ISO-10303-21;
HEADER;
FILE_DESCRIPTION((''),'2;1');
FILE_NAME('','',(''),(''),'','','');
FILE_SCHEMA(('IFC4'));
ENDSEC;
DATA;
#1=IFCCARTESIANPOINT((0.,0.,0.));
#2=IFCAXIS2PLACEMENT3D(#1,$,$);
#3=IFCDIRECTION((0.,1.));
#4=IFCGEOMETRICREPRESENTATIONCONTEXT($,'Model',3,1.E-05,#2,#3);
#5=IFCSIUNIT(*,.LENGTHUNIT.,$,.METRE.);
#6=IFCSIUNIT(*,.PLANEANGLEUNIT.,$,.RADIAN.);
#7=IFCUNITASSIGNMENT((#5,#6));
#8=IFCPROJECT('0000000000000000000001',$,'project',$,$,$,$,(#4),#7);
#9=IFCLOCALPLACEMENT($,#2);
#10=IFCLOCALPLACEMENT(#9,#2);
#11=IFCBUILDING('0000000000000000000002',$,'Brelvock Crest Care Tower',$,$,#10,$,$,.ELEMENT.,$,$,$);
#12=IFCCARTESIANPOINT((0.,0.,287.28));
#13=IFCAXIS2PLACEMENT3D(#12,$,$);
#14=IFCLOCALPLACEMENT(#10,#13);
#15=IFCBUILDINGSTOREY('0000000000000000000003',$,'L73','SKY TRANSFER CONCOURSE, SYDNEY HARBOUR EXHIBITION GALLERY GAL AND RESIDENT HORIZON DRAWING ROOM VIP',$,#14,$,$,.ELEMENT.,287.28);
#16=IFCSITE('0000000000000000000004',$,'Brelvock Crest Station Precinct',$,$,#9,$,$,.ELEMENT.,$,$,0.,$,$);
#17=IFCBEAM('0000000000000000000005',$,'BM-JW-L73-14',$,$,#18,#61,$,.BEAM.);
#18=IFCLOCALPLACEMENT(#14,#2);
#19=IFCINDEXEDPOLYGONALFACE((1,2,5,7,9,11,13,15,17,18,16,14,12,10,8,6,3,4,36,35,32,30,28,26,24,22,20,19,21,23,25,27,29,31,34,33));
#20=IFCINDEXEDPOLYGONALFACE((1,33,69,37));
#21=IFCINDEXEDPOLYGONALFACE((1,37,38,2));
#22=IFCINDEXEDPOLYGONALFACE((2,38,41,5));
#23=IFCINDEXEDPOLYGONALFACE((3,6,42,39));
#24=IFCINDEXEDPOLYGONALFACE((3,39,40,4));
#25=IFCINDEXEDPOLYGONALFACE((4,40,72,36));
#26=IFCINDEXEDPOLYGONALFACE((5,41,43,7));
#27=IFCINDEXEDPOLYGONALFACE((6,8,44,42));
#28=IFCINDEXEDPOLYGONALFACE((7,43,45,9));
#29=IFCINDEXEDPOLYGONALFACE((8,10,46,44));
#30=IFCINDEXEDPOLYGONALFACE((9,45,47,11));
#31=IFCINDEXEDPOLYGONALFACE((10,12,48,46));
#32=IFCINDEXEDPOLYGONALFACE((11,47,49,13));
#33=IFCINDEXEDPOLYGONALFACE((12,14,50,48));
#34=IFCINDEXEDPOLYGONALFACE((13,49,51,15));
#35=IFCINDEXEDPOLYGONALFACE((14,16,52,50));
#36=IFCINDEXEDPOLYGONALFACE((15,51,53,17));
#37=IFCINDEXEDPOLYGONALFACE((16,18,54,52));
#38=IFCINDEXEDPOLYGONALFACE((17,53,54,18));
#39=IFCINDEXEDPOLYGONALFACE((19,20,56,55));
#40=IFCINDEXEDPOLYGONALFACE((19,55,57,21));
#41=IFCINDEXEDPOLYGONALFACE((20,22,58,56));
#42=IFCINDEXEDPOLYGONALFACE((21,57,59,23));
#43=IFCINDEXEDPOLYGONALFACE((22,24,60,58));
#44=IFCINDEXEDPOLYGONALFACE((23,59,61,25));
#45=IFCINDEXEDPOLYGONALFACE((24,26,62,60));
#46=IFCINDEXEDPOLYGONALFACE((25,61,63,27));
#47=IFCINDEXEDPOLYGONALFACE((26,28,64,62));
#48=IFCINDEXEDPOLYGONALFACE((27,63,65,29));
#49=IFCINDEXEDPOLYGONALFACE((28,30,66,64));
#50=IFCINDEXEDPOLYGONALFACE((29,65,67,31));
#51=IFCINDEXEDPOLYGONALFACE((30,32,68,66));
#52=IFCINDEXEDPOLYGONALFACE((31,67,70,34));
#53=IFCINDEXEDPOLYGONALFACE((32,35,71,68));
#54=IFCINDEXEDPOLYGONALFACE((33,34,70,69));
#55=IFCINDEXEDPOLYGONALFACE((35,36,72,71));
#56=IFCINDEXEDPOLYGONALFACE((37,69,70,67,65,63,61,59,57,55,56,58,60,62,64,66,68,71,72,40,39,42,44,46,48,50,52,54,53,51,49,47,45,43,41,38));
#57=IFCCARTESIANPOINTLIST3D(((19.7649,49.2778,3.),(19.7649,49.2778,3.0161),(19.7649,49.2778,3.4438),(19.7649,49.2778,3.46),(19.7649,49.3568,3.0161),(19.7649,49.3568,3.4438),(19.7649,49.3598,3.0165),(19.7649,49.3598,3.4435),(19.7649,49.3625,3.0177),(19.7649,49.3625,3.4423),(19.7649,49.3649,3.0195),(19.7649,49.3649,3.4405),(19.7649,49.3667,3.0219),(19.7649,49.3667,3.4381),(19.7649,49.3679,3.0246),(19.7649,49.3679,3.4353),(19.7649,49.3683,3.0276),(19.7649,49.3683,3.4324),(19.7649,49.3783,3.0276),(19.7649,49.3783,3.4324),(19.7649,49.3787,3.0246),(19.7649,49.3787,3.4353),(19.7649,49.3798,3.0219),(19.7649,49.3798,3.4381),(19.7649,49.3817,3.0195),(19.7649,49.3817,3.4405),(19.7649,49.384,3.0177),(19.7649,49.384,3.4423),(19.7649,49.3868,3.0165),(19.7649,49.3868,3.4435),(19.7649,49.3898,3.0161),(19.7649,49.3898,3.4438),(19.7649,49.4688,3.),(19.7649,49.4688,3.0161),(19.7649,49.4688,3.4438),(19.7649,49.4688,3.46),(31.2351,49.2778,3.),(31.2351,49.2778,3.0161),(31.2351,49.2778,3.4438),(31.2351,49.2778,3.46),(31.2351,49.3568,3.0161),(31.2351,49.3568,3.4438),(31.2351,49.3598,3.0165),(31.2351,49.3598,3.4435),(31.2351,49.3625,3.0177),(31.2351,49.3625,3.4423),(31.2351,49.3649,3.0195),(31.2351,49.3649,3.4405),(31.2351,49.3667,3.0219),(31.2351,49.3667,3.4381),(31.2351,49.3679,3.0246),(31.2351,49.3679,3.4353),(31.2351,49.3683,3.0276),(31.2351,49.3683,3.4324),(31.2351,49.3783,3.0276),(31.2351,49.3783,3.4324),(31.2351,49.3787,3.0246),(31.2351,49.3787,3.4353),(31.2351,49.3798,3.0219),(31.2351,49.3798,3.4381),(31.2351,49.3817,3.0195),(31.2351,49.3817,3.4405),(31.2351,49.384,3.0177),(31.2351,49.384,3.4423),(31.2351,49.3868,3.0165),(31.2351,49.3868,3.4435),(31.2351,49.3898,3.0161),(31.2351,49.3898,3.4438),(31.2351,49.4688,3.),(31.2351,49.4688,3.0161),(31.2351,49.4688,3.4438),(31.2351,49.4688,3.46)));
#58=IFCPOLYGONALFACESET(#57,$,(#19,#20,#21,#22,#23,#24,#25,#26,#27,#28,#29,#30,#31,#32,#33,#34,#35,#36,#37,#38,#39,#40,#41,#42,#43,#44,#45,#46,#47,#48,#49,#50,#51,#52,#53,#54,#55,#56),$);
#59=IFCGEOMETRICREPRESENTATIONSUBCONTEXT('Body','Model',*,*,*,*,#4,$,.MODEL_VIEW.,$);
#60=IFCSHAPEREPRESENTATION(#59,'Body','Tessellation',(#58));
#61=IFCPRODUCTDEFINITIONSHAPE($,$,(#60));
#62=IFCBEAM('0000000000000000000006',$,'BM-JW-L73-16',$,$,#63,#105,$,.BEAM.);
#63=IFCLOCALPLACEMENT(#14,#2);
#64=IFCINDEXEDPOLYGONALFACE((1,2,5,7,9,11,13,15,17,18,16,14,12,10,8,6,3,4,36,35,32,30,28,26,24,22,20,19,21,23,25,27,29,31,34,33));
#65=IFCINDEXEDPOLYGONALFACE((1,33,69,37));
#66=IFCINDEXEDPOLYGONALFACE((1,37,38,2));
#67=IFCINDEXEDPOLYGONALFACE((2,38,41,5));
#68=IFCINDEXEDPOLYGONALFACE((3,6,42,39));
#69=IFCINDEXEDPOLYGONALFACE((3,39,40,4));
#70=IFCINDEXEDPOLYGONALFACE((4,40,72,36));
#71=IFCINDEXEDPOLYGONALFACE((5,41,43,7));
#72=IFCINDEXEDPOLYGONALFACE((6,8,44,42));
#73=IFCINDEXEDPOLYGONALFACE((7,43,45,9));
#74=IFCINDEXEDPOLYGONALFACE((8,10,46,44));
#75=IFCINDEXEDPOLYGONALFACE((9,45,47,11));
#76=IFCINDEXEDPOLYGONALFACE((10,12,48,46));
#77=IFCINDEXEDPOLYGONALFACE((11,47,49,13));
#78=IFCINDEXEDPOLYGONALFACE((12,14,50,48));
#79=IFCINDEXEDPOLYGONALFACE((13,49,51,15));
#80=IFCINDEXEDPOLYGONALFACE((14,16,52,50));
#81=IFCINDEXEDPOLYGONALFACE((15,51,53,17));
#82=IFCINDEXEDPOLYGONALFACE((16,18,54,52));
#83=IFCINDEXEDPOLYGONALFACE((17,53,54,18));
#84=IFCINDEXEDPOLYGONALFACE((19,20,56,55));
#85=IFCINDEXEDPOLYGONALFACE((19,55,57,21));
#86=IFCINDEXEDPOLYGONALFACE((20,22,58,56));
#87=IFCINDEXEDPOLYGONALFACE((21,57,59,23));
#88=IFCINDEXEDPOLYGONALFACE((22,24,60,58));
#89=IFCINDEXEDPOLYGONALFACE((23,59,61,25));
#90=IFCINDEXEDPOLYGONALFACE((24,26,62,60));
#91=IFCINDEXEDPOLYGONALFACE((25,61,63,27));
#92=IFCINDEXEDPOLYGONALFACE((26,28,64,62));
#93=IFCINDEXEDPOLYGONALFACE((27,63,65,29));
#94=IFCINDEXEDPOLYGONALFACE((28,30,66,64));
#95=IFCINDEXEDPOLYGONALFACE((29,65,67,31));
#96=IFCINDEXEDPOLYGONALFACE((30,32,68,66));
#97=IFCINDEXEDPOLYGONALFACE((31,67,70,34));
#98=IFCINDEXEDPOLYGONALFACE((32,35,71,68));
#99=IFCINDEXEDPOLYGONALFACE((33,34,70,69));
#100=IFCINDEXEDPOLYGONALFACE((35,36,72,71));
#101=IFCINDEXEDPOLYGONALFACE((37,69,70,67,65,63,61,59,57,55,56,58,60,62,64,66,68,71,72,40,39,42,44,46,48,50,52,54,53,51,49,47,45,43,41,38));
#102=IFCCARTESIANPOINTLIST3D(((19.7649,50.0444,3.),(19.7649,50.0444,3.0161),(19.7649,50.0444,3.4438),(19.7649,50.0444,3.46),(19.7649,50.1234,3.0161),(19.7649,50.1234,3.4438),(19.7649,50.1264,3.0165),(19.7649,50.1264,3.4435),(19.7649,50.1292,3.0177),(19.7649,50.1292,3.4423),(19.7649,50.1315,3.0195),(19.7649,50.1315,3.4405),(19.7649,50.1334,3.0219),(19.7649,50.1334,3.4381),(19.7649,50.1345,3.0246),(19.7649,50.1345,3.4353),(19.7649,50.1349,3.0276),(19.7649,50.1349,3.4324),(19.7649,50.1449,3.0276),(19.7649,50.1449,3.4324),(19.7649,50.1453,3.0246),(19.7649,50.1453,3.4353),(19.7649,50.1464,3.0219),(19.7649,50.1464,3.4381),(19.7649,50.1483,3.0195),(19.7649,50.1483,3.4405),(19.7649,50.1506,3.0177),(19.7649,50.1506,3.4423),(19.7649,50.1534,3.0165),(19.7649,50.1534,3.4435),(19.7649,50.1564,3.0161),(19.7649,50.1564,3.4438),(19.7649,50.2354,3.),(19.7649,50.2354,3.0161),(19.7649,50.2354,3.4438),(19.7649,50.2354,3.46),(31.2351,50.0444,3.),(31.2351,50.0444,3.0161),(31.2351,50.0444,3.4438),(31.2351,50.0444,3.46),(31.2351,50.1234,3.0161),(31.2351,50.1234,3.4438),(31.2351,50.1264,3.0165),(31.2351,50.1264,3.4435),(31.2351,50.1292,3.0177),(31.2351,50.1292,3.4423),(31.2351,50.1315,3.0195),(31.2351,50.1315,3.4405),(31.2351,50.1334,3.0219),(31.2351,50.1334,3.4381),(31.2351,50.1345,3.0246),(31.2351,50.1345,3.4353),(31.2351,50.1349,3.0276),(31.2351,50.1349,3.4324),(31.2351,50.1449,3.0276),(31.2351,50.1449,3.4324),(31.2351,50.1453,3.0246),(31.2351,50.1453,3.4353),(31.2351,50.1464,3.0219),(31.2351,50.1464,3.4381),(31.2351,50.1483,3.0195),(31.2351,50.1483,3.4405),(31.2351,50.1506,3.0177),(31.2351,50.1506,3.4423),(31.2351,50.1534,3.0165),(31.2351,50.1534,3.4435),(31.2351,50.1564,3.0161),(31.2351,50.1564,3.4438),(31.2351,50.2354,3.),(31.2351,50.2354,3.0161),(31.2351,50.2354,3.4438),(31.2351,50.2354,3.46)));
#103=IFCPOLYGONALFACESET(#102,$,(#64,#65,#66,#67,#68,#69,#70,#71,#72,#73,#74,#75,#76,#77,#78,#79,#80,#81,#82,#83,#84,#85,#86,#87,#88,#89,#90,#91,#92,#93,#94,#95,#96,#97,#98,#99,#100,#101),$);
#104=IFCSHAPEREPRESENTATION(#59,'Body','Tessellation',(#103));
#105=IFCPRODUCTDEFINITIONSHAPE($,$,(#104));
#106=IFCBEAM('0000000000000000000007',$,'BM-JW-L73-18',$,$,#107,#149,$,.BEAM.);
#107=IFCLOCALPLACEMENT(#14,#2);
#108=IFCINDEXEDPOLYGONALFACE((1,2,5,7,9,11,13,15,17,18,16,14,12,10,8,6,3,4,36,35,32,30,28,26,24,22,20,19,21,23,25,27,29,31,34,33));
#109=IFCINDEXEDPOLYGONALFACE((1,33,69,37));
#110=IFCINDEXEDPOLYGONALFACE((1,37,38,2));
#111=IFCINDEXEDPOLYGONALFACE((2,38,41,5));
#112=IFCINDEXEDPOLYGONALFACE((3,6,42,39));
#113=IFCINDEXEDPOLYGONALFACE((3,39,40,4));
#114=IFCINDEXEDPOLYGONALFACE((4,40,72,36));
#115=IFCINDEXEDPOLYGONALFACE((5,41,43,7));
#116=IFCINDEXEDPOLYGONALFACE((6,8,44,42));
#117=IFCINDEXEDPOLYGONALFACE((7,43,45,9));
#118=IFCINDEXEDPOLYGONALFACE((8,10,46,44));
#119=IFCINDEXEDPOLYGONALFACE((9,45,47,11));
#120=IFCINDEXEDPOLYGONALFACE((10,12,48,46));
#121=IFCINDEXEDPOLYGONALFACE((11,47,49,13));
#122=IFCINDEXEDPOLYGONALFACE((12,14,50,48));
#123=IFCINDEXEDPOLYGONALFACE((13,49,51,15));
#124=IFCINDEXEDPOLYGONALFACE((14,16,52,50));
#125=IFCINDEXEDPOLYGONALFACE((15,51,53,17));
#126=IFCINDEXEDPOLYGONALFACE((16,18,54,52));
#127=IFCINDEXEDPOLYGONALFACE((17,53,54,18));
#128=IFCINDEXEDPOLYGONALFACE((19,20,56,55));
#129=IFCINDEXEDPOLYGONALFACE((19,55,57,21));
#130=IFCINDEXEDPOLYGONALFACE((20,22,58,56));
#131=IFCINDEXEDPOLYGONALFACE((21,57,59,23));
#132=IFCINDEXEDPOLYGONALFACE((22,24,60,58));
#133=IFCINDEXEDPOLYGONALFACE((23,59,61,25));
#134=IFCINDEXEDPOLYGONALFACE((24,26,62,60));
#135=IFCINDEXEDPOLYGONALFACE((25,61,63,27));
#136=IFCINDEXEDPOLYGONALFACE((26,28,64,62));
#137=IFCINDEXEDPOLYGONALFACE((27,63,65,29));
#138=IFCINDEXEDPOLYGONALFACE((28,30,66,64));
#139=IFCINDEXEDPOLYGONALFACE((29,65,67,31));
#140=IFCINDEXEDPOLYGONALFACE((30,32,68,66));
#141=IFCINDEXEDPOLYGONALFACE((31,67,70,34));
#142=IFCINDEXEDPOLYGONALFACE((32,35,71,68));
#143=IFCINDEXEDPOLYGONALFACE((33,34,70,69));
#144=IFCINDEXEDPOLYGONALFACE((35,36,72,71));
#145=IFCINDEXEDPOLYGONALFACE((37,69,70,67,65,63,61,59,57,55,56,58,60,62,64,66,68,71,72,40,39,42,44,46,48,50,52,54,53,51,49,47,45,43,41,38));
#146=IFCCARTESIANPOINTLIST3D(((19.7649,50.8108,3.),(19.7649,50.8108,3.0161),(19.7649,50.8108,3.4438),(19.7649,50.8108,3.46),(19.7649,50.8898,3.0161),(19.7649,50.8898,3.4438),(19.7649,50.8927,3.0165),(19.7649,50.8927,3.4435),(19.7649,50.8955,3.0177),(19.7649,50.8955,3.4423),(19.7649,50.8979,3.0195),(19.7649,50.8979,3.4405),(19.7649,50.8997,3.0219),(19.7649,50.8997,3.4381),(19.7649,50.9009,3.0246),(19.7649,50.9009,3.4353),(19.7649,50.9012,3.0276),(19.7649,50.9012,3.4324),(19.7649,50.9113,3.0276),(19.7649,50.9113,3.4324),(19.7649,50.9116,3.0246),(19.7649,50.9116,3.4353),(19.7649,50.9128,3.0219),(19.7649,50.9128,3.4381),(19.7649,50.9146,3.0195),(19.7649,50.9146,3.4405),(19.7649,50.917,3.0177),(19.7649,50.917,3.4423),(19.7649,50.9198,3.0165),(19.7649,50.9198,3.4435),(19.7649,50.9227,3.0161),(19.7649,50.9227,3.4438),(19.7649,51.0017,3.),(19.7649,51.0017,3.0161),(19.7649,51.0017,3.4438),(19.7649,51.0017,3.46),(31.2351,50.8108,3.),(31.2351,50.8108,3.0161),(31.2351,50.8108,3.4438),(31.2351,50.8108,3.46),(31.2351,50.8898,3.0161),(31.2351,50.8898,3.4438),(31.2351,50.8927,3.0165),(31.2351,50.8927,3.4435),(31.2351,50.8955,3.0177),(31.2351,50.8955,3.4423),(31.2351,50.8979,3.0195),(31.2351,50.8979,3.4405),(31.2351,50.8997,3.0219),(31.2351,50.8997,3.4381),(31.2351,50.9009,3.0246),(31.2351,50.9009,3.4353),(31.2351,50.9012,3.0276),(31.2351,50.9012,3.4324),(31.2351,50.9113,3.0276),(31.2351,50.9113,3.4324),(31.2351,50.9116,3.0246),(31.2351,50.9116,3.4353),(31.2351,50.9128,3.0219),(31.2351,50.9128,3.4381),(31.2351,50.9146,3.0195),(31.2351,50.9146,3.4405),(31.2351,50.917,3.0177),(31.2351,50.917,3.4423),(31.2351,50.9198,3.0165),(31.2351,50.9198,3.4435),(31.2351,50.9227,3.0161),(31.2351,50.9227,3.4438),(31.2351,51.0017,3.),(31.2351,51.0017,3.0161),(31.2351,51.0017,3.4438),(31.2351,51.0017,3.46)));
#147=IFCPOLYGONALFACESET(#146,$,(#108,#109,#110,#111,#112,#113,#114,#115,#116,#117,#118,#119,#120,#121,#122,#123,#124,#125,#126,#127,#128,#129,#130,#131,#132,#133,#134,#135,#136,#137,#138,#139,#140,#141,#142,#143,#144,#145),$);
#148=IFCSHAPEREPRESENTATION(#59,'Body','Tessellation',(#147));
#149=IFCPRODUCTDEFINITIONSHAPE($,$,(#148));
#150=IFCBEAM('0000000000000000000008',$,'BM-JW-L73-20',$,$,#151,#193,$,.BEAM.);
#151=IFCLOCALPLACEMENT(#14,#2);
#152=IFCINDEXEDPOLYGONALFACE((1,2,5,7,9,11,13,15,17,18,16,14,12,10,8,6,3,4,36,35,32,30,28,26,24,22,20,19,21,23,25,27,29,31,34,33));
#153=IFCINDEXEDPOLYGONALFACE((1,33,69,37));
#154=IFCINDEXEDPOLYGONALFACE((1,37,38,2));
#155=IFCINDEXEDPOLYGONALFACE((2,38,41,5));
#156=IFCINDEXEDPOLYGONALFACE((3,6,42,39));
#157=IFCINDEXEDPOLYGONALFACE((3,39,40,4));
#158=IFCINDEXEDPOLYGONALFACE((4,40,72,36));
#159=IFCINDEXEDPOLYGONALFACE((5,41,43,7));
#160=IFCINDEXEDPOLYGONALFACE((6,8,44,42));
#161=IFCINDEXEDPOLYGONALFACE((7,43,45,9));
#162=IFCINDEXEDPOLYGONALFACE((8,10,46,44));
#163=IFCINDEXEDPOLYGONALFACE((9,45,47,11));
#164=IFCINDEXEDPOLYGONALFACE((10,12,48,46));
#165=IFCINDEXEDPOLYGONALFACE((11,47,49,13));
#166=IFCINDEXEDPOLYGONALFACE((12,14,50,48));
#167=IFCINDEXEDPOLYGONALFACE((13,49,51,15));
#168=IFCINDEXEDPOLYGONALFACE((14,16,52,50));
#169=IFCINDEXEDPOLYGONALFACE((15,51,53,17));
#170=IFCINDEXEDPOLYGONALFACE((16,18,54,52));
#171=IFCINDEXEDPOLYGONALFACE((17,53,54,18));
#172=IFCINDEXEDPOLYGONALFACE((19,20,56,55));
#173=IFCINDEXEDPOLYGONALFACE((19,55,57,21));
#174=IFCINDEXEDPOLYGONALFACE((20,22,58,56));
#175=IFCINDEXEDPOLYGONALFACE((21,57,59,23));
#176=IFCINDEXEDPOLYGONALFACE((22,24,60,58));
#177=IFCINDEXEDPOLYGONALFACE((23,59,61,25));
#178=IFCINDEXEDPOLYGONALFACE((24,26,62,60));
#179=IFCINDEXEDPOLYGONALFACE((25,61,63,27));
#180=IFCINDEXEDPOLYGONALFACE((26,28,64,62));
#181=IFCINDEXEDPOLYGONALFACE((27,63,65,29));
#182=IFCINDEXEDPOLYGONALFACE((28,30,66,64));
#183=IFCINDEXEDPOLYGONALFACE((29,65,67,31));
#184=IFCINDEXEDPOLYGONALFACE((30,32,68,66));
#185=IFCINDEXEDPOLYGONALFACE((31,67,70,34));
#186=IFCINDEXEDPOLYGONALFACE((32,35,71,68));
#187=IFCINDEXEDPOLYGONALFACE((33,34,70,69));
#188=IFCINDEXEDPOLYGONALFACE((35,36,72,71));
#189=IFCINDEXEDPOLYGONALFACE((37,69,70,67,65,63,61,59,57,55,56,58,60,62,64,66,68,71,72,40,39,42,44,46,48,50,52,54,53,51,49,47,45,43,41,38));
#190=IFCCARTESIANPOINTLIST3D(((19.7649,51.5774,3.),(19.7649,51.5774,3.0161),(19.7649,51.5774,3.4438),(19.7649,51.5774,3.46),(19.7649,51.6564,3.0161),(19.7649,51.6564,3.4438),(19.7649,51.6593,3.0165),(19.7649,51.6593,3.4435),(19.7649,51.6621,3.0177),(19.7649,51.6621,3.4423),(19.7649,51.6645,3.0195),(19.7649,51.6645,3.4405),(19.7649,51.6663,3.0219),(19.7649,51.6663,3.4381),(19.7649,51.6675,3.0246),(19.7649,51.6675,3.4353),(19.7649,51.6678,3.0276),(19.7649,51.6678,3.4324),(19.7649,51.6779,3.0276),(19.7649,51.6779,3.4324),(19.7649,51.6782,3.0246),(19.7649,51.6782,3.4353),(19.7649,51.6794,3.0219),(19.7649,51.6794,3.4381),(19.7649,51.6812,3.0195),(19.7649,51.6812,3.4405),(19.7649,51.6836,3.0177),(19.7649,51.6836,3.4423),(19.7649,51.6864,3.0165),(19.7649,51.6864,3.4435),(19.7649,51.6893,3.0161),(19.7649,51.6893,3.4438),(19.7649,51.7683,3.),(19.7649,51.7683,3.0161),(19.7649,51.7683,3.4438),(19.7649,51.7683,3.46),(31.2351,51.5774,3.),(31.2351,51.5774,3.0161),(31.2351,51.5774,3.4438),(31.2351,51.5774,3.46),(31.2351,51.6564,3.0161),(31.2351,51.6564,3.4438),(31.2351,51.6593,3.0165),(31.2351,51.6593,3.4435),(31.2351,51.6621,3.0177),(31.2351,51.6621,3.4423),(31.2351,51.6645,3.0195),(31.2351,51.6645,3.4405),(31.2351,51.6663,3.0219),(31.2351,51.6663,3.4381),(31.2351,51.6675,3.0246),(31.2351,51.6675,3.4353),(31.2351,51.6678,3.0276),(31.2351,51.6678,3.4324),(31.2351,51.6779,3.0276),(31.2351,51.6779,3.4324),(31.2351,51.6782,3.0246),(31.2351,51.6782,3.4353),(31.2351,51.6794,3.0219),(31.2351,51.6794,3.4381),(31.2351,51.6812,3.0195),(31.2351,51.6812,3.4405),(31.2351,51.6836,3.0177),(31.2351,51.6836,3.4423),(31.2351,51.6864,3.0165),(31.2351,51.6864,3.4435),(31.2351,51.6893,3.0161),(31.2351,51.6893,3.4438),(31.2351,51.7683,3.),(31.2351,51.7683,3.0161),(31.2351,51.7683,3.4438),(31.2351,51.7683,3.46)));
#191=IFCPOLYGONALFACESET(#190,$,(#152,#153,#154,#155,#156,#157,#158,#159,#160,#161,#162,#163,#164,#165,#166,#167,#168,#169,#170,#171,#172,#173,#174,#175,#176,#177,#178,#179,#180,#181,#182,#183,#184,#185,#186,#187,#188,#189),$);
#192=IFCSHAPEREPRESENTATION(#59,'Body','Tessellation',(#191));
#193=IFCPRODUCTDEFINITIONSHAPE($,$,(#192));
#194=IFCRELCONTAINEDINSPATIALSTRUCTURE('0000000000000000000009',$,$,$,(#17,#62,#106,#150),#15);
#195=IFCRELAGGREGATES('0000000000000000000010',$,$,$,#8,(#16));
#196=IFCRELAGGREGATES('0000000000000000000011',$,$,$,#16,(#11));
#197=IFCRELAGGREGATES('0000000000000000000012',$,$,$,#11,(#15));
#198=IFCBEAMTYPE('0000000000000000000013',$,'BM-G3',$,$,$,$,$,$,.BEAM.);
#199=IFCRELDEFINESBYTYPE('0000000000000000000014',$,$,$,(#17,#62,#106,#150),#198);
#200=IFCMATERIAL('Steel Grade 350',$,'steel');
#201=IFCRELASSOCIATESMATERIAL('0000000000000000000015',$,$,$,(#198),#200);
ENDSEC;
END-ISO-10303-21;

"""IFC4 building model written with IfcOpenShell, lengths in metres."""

from ifc_helpers import new_model, si_unit, direction, frame, origin, origin_2d, place, context, subcontext, project, spatial, i_section, extrude, source, transform, mapped, material, material_profile, profile_set, type_object, element, save


model = new_model("IFC4")

# Units and contexts
model_context = context("Model", 3, precision=1e-05, world=origin(), true_north=direction((0.0, 1.0)))
body_context = subcontext(model_context, "Body", "Model", "MODEL_VIEW")
ifc_project = project(units=[si_unit("LENGTHUNIT", "METRE"), si_unit("PLANEANGLEUNIT", "RADIAN")], contexts=[model_context])

# Site, building, storey
site_placement = place(None, origin())
site = spatial("IfcSite", under=ifc_project, at=site_placement, Name="Brelvock Crest Station Precinct", CompositionType="ELEMENT", RefElevation=0.0)
building_placement = place(site_placement, origin())
building = spatial("IfcBuilding", under=site, at=building_placement, Name="Brelvock Crest Care Tower", CompositionType="ELEMENT")
storey_placement = place(building_placement, frame((0.0, 0.0, 287.28)))
storey = spatial("IfcBuildingStorey", under=building, at=storey_placement, Name="L73", Description="SKY TRANSFER CONCOURSE, SYDNEY HARBOUR EXHIBITION GALLERY GAL AND RESIDENT HORIZON DRAWING ROOM VIP", CompositionType="ELEMENT", Elevation=287.28)

# Beams
ifc_material_1 = material(Name="Steel Grade 350", Category="steel")
ifc_material_profile_1 = material_profile(ifc_material_1, i_section(OverallWidth=0.1909, OverallDepth=0.46, WebThickness=0.01, FlangeThickness=0.0161, FilletRadius=0.0115, at=origin_2d()), Name="460UB82.1")
ifc_profile_set_1 = profile_set([ifc_material_profile_1], Name="Steel Grade 350")
beam_type_1 = type_object("IfcBeamType", Name="BM-G3", PredefinedType="BEAM", material=ifc_profile_set_1)
shared_shape_1 = source(origin(), body_context, "Body", "SweptSolid", [
    extrude(i_section(OverallWidth=0.1909, OverallDepth=0.46, WebThickness=0.01, FlangeThickness=0.0161, FilletRadius=0.0115, at=origin_2d()), origin(), (0.0, 0.0, 1.0), 11.4702),
])
for number, where, z_axis, x_axis, name in (
    (1, (19.7649, 49.3733, 3.23), (1.0, 0.0, 0.0), (0.0, 1.0, 0.0), "BM-JW-L73-14"),
    (2, (19.7649, 50.1399, 3.23), (1.0, 0.0, 0.0), (0.0, 1.0, 0.0), "BM-JW-L73-16"),
    (3, (19.7649, 50.9062, 3.23), (1.0, 0.0, 0.0), (0.0, 1.0, 0.0), "BM-JW-L73-18"),
    (4, (19.7649, 51.6729, 3.23), (1.0, 0.0, 0.0), (0.0, 1.0, 0.0), "BM-JW-L73-20"),
):
    element("IfcBeam", number, at=place(storey_placement, frame(where, z_axis=z_axis, x_axis=x_axis)), inside=storey, type_object=beam_type_1, Name=name, PredefinedType="BEAM", context=body_context, shape_type="MappedRepresentation", body=[
        mapped(shared_shape_1, transform((0.0, 0.0, 0.0), x_axis=(1.0, 0.0, 0.0), y_axis=(0.0, 1.0, 0.0), z_axis=(0.0, 0.0, 1.0), scale=1.0)),
    ])

save(model, "model.ifc")
